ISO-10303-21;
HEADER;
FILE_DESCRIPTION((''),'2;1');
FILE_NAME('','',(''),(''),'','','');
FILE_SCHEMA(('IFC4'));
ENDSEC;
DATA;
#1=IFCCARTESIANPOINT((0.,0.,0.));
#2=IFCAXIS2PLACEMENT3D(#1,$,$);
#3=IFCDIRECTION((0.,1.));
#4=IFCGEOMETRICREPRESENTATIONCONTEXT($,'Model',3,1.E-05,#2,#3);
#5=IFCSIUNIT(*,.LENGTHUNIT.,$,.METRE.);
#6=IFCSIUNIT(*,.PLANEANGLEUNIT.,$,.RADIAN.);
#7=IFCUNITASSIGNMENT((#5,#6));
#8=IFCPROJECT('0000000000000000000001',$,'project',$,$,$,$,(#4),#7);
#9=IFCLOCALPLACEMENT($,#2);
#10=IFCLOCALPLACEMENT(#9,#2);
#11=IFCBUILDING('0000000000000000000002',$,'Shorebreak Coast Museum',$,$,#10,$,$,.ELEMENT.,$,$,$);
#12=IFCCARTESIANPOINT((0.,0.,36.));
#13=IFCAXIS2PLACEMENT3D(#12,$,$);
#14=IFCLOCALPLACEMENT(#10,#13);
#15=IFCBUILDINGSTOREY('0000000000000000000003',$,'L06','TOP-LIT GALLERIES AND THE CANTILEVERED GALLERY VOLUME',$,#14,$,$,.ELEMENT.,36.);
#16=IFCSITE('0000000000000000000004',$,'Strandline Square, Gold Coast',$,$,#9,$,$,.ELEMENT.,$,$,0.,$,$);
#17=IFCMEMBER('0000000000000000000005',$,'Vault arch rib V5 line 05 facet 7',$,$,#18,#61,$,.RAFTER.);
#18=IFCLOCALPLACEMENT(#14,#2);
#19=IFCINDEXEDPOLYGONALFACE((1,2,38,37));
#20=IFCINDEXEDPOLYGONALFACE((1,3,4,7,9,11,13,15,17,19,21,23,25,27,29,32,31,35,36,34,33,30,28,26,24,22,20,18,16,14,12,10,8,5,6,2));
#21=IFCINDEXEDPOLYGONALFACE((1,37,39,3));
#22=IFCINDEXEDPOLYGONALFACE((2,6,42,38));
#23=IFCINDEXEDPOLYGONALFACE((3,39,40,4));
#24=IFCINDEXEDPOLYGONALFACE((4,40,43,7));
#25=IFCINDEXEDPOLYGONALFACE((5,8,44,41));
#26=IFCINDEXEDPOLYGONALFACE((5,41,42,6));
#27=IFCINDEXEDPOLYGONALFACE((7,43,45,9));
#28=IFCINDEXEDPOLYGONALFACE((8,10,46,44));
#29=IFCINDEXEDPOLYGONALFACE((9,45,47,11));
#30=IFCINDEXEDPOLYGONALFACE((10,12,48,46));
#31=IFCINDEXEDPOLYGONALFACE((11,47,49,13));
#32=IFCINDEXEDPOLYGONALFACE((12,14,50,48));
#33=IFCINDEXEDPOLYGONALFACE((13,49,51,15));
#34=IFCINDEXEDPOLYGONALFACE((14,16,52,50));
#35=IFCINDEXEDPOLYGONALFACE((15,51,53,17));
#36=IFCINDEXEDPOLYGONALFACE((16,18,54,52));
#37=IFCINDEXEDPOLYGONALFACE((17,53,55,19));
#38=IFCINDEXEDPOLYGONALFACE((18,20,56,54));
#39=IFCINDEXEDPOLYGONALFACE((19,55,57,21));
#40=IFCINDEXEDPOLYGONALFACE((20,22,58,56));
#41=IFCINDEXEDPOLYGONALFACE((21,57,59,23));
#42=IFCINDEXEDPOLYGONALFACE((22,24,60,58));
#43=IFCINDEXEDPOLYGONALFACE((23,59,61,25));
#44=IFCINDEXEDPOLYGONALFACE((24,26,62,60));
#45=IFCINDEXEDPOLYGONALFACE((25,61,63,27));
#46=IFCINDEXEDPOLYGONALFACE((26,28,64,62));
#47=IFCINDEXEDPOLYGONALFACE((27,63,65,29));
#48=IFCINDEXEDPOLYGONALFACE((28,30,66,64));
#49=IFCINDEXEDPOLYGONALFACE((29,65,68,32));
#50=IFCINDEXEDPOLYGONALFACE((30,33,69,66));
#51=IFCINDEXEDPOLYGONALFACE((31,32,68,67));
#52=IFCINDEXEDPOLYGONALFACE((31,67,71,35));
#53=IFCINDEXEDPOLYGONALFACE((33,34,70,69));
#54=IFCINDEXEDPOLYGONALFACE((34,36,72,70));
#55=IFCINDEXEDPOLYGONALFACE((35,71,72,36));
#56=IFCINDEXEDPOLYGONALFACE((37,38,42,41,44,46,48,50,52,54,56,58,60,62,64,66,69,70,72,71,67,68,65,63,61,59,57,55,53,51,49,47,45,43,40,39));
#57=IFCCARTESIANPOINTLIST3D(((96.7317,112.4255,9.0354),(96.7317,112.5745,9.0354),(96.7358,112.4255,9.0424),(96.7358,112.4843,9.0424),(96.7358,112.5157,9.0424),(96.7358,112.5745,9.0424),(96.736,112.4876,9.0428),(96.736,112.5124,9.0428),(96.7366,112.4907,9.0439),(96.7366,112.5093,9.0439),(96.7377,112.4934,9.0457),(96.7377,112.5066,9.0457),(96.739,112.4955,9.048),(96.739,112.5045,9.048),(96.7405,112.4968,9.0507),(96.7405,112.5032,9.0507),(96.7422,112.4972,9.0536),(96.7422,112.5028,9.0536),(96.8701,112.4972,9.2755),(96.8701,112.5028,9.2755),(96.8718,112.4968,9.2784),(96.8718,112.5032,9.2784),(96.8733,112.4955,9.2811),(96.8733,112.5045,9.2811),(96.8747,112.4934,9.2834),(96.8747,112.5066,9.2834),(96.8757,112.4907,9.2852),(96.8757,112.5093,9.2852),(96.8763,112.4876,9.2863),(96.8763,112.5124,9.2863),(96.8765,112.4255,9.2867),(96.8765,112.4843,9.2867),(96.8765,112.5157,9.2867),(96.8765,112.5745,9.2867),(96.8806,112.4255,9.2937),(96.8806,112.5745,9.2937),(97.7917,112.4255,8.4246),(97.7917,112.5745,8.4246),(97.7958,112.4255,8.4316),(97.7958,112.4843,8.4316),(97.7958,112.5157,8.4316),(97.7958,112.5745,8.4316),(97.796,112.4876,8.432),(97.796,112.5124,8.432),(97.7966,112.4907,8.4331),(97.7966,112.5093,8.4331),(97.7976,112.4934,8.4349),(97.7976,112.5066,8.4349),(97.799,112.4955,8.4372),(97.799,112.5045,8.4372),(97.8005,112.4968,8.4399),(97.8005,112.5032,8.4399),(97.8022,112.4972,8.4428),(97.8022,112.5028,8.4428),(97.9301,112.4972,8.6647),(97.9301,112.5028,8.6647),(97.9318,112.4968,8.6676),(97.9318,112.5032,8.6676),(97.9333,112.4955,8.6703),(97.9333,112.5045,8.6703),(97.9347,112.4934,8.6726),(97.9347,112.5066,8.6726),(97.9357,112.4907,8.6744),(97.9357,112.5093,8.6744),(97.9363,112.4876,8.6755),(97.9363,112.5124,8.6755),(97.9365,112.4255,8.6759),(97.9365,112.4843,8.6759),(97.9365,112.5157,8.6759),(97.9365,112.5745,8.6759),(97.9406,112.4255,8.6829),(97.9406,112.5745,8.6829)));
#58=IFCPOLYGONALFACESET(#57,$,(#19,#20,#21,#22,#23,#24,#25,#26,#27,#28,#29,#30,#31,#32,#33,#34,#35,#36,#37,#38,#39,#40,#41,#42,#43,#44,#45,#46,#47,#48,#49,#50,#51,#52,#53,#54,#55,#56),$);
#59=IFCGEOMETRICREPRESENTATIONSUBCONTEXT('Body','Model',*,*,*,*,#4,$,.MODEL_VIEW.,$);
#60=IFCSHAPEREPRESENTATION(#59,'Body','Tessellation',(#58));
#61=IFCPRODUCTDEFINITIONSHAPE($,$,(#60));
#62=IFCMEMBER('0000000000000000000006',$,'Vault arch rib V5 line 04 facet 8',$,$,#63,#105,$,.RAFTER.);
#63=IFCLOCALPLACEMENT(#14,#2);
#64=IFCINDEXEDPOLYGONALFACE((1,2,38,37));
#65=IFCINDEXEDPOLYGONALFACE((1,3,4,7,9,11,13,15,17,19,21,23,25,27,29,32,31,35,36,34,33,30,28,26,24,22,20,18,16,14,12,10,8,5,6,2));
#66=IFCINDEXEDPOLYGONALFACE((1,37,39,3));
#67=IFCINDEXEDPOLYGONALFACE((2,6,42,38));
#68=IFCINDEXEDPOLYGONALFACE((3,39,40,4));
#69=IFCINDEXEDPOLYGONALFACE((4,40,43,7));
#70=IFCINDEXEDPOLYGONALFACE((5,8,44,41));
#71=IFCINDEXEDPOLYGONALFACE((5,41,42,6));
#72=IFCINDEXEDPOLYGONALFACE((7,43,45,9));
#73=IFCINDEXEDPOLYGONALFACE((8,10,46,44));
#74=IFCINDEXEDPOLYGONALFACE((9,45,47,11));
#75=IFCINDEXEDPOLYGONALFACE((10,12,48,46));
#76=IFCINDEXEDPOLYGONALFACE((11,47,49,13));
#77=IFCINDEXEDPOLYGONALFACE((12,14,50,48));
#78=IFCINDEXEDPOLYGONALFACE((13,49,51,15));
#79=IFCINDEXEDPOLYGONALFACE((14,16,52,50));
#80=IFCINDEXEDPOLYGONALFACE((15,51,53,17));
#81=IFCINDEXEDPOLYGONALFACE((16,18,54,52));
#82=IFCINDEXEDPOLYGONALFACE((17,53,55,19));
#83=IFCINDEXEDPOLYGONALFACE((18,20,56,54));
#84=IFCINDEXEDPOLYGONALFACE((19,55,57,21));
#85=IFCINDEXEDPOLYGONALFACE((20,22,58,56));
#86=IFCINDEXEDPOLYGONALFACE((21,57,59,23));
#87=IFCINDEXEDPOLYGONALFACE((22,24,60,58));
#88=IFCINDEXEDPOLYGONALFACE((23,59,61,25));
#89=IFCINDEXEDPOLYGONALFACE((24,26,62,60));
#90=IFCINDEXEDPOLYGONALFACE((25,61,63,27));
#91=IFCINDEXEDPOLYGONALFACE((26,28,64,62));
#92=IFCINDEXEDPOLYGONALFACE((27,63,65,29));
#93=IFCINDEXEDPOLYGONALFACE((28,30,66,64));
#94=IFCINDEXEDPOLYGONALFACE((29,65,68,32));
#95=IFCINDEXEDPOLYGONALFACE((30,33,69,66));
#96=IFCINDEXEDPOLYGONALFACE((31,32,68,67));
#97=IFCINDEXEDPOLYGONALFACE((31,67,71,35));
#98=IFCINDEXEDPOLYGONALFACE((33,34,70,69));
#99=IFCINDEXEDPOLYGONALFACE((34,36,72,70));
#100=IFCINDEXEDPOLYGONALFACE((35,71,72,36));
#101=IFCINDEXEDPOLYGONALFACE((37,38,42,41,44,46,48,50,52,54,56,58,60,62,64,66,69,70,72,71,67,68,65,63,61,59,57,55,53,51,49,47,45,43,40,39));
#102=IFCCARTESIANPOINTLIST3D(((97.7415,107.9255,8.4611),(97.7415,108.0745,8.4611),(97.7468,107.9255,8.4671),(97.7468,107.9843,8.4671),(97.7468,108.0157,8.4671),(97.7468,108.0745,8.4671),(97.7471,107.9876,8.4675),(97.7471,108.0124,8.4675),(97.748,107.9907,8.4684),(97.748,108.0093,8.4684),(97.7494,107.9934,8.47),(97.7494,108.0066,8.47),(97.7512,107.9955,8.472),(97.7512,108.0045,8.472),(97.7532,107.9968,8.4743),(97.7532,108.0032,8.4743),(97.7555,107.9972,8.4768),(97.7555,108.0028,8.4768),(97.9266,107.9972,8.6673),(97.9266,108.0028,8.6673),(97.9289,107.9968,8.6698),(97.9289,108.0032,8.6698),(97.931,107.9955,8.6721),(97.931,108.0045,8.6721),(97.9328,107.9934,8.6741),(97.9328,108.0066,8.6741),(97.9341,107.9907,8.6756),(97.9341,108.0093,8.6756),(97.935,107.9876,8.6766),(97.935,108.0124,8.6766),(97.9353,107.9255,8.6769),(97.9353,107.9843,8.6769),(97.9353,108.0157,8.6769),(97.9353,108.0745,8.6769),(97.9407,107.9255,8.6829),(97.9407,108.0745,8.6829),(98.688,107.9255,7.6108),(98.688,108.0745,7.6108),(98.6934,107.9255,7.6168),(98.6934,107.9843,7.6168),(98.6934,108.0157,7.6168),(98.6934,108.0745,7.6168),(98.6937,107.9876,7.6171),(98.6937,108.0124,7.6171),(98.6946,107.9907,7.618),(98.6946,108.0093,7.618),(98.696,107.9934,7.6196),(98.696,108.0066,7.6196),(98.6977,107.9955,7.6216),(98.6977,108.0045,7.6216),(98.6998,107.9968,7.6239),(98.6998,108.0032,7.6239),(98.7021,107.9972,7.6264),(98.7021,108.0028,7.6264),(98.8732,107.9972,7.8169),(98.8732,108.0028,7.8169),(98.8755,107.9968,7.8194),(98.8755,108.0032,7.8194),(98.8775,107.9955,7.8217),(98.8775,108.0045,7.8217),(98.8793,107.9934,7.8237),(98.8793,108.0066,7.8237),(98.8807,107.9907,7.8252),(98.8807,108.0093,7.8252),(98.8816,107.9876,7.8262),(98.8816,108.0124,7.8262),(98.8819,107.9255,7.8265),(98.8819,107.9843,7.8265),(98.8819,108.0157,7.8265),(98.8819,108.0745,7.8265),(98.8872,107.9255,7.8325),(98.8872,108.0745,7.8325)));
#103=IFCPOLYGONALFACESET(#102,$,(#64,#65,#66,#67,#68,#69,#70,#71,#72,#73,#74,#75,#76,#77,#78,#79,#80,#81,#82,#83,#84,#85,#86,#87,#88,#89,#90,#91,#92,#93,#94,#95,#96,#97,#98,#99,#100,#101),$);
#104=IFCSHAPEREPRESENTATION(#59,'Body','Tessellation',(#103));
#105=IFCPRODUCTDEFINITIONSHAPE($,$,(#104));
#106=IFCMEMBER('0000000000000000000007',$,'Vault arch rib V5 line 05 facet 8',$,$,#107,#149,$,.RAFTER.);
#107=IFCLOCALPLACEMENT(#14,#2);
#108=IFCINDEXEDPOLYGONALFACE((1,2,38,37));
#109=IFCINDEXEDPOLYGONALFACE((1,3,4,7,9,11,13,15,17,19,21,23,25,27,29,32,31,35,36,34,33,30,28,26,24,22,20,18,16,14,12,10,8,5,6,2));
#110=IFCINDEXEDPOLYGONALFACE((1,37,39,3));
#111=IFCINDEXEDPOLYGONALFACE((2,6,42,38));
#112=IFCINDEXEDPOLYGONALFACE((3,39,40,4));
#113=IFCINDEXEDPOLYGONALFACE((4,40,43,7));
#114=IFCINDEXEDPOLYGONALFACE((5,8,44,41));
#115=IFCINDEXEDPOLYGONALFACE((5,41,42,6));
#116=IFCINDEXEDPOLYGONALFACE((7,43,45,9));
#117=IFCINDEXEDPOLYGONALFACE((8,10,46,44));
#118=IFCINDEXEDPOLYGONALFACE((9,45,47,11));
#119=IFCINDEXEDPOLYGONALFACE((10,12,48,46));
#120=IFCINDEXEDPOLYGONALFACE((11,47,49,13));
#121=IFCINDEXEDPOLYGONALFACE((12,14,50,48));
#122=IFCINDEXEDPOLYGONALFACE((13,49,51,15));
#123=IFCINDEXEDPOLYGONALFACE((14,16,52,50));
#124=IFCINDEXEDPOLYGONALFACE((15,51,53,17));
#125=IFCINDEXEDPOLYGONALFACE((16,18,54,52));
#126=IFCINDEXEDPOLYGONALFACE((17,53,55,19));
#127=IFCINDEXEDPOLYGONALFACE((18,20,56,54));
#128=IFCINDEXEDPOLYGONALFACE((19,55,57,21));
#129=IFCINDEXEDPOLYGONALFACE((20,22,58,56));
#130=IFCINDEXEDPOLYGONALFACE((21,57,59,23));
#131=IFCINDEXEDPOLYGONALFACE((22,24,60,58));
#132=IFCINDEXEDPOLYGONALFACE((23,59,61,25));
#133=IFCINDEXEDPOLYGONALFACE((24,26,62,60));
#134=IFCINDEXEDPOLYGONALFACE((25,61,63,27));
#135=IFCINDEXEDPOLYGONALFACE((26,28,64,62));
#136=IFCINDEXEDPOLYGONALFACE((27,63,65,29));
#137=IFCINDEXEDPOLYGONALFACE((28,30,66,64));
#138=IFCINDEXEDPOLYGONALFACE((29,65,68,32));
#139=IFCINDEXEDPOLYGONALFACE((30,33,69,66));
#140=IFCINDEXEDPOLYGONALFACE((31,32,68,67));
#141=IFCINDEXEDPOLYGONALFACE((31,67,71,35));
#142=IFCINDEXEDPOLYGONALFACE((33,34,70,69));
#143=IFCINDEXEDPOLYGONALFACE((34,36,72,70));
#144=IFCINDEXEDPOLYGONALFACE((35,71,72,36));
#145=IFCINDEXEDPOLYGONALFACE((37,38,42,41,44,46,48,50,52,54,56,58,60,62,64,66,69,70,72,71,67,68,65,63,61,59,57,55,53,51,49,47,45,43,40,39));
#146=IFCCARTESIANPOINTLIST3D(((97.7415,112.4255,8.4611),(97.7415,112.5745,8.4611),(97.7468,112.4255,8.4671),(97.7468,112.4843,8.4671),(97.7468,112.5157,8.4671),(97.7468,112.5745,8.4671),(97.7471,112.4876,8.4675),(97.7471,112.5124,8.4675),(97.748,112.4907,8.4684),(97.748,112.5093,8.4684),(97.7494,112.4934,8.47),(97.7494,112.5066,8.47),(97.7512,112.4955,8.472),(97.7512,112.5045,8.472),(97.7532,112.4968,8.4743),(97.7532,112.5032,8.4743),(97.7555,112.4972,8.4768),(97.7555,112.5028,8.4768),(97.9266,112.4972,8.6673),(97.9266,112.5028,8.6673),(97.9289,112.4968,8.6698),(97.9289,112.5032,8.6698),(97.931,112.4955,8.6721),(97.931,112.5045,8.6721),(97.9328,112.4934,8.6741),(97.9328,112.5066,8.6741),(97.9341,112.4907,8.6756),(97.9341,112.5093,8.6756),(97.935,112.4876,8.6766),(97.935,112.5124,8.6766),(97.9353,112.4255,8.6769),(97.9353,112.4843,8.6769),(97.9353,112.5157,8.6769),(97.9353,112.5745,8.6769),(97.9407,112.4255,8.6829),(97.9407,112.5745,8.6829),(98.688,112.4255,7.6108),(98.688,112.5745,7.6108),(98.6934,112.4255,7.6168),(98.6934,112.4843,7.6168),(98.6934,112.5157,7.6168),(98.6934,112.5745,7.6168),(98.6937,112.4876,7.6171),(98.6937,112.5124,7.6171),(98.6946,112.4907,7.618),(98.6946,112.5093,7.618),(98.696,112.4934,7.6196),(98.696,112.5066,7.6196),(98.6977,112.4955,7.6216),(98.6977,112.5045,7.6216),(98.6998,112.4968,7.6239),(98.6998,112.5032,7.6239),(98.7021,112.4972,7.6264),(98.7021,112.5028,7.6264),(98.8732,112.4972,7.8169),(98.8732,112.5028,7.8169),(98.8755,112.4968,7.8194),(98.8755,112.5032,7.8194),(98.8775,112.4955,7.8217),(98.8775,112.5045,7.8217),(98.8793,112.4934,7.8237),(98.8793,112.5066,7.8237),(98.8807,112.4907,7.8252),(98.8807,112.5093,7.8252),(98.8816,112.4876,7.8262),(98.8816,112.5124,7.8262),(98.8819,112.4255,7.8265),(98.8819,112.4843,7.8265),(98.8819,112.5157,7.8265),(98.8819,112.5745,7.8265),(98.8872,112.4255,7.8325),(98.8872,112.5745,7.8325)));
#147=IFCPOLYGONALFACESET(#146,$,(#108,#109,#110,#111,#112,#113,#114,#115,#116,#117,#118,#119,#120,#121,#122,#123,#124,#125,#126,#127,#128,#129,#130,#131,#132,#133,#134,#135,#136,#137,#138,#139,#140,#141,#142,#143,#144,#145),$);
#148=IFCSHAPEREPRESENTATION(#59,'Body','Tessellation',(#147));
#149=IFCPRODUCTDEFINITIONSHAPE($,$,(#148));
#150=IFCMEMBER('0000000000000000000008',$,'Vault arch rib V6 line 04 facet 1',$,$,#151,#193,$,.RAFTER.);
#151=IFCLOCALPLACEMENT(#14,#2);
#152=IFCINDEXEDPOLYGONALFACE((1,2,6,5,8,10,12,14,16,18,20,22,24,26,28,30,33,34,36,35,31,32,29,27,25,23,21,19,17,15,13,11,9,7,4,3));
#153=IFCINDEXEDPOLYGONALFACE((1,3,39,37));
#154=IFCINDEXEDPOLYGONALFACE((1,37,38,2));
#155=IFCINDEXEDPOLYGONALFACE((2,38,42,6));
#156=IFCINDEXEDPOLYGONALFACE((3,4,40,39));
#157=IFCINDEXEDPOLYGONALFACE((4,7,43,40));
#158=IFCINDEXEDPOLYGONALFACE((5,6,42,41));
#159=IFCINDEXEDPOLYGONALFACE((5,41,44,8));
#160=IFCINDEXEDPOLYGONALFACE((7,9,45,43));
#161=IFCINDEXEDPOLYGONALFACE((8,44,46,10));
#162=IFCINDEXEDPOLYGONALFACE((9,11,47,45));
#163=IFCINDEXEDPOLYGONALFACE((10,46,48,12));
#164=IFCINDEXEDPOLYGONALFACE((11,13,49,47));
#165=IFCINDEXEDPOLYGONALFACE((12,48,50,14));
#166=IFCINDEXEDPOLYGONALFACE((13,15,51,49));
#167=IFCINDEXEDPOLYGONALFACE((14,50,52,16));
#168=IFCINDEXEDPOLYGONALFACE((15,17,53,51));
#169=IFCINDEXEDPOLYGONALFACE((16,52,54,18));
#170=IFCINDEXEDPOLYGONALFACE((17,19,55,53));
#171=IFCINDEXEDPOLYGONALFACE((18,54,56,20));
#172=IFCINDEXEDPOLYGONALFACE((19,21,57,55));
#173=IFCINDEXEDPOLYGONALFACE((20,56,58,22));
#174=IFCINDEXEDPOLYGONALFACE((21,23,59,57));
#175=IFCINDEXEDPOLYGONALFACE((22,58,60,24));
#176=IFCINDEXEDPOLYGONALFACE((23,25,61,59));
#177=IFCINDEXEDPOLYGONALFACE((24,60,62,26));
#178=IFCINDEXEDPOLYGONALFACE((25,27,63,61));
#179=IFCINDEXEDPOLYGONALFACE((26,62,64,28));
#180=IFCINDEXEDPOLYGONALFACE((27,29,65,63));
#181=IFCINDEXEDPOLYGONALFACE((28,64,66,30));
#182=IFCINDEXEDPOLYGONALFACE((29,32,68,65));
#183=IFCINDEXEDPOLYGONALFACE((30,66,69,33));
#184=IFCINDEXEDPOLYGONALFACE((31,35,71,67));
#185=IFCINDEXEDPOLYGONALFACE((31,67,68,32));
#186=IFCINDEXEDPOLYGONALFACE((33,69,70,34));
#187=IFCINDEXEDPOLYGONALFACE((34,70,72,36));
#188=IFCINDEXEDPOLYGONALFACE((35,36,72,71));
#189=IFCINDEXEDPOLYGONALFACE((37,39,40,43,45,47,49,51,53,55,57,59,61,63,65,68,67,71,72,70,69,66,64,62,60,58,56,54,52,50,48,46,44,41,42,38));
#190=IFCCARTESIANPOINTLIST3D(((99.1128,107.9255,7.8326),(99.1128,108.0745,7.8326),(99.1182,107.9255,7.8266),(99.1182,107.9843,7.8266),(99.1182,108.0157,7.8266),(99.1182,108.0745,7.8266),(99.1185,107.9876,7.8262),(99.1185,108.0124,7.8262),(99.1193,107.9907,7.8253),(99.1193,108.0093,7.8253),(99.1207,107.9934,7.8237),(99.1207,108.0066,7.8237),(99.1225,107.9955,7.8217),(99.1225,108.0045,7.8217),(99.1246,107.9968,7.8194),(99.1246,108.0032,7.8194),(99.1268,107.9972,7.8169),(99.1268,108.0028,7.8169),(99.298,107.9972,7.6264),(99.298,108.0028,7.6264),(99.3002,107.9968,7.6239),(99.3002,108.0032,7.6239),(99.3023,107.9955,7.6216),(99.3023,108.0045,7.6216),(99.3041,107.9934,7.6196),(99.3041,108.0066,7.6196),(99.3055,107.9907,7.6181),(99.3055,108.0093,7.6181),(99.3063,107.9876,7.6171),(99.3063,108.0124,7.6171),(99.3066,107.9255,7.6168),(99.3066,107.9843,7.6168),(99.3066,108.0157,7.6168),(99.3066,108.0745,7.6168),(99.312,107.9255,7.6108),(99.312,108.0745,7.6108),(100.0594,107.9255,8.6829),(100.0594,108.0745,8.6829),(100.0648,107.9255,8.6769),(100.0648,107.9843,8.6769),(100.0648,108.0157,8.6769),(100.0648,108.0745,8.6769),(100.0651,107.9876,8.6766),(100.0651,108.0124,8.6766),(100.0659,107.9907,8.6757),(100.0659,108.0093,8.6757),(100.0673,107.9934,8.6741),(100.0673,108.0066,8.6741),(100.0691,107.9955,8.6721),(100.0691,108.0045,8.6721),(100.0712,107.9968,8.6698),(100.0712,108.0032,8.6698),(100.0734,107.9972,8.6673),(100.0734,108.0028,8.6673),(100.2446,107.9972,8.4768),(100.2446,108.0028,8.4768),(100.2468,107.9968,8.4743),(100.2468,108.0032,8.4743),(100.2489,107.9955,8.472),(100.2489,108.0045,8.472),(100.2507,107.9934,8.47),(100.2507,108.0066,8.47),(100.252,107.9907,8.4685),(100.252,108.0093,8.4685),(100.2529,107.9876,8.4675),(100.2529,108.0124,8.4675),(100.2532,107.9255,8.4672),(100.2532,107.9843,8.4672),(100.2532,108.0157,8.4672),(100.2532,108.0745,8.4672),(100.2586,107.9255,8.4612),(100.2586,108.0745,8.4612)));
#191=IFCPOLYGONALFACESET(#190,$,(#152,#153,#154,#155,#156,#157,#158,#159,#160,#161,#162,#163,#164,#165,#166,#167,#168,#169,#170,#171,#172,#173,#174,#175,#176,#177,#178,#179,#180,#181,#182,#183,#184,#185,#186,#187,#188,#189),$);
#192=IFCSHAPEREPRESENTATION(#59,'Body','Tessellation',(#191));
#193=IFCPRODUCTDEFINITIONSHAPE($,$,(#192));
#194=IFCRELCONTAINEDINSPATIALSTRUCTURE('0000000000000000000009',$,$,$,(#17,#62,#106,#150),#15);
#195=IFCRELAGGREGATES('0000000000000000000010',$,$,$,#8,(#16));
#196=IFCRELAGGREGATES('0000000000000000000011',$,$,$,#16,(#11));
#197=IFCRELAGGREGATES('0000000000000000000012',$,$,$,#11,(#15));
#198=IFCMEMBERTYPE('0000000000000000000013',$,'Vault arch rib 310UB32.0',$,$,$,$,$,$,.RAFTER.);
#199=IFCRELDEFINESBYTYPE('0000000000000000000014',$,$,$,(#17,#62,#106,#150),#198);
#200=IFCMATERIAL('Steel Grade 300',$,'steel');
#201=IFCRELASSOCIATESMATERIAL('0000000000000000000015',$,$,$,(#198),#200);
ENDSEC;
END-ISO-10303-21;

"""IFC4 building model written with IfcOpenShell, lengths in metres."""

from ifc_helpers import new_model, si_unit, direction, frame, origin, origin_2d, place, context, subcontext, project, spatial, i_section, extrude, material, material_profile, profile_set, type_object, element, save


model = new_model("IFC4")

# Units and contexts
model_context = context("Model", 3, precision=1e-05, world=origin(), true_north=direction((0.0, 1.0)))
body_context = subcontext(model_context, "Body", "Model", "MODEL_VIEW")
ifc_project = project(units=[si_unit("LENGTHUNIT", "METRE"), si_unit("PLANEANGLEUNIT", "RADIAN")], contexts=[model_context])

# Site, building, storey
site_placement = place(None, origin())
site = spatial("IfcSite", under=ifc_project, at=site_placement, Name="Strandline Square, Gold Coast", CompositionType="ELEMENT", RefElevation=0.0)
building_placement = place(site_placement, origin())
building = spatial("IfcBuilding", under=site, at=building_placement, Name="Shorebreak Coast Museum", CompositionType="ELEMENT")
storey_placement = place(building_placement, frame((0.0, 0.0, 36.0)))
storey = spatial("IfcBuildingStorey", under=building, at=storey_placement, Name="L06", Description="TOP-LIT GALLERIES AND THE CANTILEVERED GALLERY VOLUME", CompositionType="ELEMENT", Elevation=36.0)

# Members
ifc_material_1 = material(Name="Steel Grade 300", Category="steel")
ifc_material_profile_1 = material_profile(ifc_material_1, i_section(OverallWidth=0.1489, OverallDepth=0.2981, WebThickness=0.0056, FlangeThickness=0.0081, FilletRadius=0.0129, at=origin_2d()), Name="310UB32.0")
ifc_profile_set_1 = profile_set([ifc_material_profile_1], Name="Steel Grade 300")
member_type_1 = type_object("IfcMemberType", Name="Vault arch rib 310UB32.0", PredefinedType="RAFTER", material=ifc_profile_set_1)
for number, where, z_axis, x_axis, name in (
    (1, (96.8062, 112.5, 9.1646), (0.866445, 0.0, -0.499273), (0.0, 1.0, 0.0), "Vault arch rib V5 line 05 facet 7"),
):
    element("IfcMember", number, at=place(storey_placement, frame(where, z_axis=z_axis, x_axis=x_axis)), inside=storey, type_object=member_type_1, Name=name, PredefinedType="RAFTER", context=body_context, shape_type="SweptSolid", body=[
        extrude(i_section(OverallWidth=0.1489, OverallDepth=0.2981, WebThickness=0.0056, FlangeThickness=0.0081, FilletRadius=0.0129, at=origin_2d()), origin(), (0.0, 0.0, 1.0), 1.2234),
    ])
for number, where, z_axis, x_axis, name in (
    (2, (97.8411, 108.0, 8.572), (0.743895, 0.0, -0.668297), (0.0, 1.0, 0.0), "Vault arch rib V5 line 04 facet 8"),
    (3, (97.8411, 112.5, 8.572), (0.743895, 0.0, -0.668297), (0.0, 1.0, 0.0), "Vault arch rib V5 line 05 facet 8"),
    (4, (99.2124, 108.0, 7.7217), (0.743895, 0.0, 0.668297), (0.0, 1.0, 0.0), "Vault arch rib V6 line 04 facet 1"),
):
    element("IfcMember", number, at=place(storey_placement, frame(where, z_axis=z_axis, x_axis=x_axis)), inside=storey, type_object=member_type_1, Name=name, PredefinedType="RAFTER", context=body_context, shape_type="SweptSolid", body=[
        extrude(i_section(OverallWidth=0.1489, OverallDepth=0.2981, WebThickness=0.0056, FlangeThickness=0.0081, FilletRadius=0.0129, at=origin_2d()), origin(), (0.0, 0.0, 1.0), 1.2725),
    ])

save(model, "model.ifc")
